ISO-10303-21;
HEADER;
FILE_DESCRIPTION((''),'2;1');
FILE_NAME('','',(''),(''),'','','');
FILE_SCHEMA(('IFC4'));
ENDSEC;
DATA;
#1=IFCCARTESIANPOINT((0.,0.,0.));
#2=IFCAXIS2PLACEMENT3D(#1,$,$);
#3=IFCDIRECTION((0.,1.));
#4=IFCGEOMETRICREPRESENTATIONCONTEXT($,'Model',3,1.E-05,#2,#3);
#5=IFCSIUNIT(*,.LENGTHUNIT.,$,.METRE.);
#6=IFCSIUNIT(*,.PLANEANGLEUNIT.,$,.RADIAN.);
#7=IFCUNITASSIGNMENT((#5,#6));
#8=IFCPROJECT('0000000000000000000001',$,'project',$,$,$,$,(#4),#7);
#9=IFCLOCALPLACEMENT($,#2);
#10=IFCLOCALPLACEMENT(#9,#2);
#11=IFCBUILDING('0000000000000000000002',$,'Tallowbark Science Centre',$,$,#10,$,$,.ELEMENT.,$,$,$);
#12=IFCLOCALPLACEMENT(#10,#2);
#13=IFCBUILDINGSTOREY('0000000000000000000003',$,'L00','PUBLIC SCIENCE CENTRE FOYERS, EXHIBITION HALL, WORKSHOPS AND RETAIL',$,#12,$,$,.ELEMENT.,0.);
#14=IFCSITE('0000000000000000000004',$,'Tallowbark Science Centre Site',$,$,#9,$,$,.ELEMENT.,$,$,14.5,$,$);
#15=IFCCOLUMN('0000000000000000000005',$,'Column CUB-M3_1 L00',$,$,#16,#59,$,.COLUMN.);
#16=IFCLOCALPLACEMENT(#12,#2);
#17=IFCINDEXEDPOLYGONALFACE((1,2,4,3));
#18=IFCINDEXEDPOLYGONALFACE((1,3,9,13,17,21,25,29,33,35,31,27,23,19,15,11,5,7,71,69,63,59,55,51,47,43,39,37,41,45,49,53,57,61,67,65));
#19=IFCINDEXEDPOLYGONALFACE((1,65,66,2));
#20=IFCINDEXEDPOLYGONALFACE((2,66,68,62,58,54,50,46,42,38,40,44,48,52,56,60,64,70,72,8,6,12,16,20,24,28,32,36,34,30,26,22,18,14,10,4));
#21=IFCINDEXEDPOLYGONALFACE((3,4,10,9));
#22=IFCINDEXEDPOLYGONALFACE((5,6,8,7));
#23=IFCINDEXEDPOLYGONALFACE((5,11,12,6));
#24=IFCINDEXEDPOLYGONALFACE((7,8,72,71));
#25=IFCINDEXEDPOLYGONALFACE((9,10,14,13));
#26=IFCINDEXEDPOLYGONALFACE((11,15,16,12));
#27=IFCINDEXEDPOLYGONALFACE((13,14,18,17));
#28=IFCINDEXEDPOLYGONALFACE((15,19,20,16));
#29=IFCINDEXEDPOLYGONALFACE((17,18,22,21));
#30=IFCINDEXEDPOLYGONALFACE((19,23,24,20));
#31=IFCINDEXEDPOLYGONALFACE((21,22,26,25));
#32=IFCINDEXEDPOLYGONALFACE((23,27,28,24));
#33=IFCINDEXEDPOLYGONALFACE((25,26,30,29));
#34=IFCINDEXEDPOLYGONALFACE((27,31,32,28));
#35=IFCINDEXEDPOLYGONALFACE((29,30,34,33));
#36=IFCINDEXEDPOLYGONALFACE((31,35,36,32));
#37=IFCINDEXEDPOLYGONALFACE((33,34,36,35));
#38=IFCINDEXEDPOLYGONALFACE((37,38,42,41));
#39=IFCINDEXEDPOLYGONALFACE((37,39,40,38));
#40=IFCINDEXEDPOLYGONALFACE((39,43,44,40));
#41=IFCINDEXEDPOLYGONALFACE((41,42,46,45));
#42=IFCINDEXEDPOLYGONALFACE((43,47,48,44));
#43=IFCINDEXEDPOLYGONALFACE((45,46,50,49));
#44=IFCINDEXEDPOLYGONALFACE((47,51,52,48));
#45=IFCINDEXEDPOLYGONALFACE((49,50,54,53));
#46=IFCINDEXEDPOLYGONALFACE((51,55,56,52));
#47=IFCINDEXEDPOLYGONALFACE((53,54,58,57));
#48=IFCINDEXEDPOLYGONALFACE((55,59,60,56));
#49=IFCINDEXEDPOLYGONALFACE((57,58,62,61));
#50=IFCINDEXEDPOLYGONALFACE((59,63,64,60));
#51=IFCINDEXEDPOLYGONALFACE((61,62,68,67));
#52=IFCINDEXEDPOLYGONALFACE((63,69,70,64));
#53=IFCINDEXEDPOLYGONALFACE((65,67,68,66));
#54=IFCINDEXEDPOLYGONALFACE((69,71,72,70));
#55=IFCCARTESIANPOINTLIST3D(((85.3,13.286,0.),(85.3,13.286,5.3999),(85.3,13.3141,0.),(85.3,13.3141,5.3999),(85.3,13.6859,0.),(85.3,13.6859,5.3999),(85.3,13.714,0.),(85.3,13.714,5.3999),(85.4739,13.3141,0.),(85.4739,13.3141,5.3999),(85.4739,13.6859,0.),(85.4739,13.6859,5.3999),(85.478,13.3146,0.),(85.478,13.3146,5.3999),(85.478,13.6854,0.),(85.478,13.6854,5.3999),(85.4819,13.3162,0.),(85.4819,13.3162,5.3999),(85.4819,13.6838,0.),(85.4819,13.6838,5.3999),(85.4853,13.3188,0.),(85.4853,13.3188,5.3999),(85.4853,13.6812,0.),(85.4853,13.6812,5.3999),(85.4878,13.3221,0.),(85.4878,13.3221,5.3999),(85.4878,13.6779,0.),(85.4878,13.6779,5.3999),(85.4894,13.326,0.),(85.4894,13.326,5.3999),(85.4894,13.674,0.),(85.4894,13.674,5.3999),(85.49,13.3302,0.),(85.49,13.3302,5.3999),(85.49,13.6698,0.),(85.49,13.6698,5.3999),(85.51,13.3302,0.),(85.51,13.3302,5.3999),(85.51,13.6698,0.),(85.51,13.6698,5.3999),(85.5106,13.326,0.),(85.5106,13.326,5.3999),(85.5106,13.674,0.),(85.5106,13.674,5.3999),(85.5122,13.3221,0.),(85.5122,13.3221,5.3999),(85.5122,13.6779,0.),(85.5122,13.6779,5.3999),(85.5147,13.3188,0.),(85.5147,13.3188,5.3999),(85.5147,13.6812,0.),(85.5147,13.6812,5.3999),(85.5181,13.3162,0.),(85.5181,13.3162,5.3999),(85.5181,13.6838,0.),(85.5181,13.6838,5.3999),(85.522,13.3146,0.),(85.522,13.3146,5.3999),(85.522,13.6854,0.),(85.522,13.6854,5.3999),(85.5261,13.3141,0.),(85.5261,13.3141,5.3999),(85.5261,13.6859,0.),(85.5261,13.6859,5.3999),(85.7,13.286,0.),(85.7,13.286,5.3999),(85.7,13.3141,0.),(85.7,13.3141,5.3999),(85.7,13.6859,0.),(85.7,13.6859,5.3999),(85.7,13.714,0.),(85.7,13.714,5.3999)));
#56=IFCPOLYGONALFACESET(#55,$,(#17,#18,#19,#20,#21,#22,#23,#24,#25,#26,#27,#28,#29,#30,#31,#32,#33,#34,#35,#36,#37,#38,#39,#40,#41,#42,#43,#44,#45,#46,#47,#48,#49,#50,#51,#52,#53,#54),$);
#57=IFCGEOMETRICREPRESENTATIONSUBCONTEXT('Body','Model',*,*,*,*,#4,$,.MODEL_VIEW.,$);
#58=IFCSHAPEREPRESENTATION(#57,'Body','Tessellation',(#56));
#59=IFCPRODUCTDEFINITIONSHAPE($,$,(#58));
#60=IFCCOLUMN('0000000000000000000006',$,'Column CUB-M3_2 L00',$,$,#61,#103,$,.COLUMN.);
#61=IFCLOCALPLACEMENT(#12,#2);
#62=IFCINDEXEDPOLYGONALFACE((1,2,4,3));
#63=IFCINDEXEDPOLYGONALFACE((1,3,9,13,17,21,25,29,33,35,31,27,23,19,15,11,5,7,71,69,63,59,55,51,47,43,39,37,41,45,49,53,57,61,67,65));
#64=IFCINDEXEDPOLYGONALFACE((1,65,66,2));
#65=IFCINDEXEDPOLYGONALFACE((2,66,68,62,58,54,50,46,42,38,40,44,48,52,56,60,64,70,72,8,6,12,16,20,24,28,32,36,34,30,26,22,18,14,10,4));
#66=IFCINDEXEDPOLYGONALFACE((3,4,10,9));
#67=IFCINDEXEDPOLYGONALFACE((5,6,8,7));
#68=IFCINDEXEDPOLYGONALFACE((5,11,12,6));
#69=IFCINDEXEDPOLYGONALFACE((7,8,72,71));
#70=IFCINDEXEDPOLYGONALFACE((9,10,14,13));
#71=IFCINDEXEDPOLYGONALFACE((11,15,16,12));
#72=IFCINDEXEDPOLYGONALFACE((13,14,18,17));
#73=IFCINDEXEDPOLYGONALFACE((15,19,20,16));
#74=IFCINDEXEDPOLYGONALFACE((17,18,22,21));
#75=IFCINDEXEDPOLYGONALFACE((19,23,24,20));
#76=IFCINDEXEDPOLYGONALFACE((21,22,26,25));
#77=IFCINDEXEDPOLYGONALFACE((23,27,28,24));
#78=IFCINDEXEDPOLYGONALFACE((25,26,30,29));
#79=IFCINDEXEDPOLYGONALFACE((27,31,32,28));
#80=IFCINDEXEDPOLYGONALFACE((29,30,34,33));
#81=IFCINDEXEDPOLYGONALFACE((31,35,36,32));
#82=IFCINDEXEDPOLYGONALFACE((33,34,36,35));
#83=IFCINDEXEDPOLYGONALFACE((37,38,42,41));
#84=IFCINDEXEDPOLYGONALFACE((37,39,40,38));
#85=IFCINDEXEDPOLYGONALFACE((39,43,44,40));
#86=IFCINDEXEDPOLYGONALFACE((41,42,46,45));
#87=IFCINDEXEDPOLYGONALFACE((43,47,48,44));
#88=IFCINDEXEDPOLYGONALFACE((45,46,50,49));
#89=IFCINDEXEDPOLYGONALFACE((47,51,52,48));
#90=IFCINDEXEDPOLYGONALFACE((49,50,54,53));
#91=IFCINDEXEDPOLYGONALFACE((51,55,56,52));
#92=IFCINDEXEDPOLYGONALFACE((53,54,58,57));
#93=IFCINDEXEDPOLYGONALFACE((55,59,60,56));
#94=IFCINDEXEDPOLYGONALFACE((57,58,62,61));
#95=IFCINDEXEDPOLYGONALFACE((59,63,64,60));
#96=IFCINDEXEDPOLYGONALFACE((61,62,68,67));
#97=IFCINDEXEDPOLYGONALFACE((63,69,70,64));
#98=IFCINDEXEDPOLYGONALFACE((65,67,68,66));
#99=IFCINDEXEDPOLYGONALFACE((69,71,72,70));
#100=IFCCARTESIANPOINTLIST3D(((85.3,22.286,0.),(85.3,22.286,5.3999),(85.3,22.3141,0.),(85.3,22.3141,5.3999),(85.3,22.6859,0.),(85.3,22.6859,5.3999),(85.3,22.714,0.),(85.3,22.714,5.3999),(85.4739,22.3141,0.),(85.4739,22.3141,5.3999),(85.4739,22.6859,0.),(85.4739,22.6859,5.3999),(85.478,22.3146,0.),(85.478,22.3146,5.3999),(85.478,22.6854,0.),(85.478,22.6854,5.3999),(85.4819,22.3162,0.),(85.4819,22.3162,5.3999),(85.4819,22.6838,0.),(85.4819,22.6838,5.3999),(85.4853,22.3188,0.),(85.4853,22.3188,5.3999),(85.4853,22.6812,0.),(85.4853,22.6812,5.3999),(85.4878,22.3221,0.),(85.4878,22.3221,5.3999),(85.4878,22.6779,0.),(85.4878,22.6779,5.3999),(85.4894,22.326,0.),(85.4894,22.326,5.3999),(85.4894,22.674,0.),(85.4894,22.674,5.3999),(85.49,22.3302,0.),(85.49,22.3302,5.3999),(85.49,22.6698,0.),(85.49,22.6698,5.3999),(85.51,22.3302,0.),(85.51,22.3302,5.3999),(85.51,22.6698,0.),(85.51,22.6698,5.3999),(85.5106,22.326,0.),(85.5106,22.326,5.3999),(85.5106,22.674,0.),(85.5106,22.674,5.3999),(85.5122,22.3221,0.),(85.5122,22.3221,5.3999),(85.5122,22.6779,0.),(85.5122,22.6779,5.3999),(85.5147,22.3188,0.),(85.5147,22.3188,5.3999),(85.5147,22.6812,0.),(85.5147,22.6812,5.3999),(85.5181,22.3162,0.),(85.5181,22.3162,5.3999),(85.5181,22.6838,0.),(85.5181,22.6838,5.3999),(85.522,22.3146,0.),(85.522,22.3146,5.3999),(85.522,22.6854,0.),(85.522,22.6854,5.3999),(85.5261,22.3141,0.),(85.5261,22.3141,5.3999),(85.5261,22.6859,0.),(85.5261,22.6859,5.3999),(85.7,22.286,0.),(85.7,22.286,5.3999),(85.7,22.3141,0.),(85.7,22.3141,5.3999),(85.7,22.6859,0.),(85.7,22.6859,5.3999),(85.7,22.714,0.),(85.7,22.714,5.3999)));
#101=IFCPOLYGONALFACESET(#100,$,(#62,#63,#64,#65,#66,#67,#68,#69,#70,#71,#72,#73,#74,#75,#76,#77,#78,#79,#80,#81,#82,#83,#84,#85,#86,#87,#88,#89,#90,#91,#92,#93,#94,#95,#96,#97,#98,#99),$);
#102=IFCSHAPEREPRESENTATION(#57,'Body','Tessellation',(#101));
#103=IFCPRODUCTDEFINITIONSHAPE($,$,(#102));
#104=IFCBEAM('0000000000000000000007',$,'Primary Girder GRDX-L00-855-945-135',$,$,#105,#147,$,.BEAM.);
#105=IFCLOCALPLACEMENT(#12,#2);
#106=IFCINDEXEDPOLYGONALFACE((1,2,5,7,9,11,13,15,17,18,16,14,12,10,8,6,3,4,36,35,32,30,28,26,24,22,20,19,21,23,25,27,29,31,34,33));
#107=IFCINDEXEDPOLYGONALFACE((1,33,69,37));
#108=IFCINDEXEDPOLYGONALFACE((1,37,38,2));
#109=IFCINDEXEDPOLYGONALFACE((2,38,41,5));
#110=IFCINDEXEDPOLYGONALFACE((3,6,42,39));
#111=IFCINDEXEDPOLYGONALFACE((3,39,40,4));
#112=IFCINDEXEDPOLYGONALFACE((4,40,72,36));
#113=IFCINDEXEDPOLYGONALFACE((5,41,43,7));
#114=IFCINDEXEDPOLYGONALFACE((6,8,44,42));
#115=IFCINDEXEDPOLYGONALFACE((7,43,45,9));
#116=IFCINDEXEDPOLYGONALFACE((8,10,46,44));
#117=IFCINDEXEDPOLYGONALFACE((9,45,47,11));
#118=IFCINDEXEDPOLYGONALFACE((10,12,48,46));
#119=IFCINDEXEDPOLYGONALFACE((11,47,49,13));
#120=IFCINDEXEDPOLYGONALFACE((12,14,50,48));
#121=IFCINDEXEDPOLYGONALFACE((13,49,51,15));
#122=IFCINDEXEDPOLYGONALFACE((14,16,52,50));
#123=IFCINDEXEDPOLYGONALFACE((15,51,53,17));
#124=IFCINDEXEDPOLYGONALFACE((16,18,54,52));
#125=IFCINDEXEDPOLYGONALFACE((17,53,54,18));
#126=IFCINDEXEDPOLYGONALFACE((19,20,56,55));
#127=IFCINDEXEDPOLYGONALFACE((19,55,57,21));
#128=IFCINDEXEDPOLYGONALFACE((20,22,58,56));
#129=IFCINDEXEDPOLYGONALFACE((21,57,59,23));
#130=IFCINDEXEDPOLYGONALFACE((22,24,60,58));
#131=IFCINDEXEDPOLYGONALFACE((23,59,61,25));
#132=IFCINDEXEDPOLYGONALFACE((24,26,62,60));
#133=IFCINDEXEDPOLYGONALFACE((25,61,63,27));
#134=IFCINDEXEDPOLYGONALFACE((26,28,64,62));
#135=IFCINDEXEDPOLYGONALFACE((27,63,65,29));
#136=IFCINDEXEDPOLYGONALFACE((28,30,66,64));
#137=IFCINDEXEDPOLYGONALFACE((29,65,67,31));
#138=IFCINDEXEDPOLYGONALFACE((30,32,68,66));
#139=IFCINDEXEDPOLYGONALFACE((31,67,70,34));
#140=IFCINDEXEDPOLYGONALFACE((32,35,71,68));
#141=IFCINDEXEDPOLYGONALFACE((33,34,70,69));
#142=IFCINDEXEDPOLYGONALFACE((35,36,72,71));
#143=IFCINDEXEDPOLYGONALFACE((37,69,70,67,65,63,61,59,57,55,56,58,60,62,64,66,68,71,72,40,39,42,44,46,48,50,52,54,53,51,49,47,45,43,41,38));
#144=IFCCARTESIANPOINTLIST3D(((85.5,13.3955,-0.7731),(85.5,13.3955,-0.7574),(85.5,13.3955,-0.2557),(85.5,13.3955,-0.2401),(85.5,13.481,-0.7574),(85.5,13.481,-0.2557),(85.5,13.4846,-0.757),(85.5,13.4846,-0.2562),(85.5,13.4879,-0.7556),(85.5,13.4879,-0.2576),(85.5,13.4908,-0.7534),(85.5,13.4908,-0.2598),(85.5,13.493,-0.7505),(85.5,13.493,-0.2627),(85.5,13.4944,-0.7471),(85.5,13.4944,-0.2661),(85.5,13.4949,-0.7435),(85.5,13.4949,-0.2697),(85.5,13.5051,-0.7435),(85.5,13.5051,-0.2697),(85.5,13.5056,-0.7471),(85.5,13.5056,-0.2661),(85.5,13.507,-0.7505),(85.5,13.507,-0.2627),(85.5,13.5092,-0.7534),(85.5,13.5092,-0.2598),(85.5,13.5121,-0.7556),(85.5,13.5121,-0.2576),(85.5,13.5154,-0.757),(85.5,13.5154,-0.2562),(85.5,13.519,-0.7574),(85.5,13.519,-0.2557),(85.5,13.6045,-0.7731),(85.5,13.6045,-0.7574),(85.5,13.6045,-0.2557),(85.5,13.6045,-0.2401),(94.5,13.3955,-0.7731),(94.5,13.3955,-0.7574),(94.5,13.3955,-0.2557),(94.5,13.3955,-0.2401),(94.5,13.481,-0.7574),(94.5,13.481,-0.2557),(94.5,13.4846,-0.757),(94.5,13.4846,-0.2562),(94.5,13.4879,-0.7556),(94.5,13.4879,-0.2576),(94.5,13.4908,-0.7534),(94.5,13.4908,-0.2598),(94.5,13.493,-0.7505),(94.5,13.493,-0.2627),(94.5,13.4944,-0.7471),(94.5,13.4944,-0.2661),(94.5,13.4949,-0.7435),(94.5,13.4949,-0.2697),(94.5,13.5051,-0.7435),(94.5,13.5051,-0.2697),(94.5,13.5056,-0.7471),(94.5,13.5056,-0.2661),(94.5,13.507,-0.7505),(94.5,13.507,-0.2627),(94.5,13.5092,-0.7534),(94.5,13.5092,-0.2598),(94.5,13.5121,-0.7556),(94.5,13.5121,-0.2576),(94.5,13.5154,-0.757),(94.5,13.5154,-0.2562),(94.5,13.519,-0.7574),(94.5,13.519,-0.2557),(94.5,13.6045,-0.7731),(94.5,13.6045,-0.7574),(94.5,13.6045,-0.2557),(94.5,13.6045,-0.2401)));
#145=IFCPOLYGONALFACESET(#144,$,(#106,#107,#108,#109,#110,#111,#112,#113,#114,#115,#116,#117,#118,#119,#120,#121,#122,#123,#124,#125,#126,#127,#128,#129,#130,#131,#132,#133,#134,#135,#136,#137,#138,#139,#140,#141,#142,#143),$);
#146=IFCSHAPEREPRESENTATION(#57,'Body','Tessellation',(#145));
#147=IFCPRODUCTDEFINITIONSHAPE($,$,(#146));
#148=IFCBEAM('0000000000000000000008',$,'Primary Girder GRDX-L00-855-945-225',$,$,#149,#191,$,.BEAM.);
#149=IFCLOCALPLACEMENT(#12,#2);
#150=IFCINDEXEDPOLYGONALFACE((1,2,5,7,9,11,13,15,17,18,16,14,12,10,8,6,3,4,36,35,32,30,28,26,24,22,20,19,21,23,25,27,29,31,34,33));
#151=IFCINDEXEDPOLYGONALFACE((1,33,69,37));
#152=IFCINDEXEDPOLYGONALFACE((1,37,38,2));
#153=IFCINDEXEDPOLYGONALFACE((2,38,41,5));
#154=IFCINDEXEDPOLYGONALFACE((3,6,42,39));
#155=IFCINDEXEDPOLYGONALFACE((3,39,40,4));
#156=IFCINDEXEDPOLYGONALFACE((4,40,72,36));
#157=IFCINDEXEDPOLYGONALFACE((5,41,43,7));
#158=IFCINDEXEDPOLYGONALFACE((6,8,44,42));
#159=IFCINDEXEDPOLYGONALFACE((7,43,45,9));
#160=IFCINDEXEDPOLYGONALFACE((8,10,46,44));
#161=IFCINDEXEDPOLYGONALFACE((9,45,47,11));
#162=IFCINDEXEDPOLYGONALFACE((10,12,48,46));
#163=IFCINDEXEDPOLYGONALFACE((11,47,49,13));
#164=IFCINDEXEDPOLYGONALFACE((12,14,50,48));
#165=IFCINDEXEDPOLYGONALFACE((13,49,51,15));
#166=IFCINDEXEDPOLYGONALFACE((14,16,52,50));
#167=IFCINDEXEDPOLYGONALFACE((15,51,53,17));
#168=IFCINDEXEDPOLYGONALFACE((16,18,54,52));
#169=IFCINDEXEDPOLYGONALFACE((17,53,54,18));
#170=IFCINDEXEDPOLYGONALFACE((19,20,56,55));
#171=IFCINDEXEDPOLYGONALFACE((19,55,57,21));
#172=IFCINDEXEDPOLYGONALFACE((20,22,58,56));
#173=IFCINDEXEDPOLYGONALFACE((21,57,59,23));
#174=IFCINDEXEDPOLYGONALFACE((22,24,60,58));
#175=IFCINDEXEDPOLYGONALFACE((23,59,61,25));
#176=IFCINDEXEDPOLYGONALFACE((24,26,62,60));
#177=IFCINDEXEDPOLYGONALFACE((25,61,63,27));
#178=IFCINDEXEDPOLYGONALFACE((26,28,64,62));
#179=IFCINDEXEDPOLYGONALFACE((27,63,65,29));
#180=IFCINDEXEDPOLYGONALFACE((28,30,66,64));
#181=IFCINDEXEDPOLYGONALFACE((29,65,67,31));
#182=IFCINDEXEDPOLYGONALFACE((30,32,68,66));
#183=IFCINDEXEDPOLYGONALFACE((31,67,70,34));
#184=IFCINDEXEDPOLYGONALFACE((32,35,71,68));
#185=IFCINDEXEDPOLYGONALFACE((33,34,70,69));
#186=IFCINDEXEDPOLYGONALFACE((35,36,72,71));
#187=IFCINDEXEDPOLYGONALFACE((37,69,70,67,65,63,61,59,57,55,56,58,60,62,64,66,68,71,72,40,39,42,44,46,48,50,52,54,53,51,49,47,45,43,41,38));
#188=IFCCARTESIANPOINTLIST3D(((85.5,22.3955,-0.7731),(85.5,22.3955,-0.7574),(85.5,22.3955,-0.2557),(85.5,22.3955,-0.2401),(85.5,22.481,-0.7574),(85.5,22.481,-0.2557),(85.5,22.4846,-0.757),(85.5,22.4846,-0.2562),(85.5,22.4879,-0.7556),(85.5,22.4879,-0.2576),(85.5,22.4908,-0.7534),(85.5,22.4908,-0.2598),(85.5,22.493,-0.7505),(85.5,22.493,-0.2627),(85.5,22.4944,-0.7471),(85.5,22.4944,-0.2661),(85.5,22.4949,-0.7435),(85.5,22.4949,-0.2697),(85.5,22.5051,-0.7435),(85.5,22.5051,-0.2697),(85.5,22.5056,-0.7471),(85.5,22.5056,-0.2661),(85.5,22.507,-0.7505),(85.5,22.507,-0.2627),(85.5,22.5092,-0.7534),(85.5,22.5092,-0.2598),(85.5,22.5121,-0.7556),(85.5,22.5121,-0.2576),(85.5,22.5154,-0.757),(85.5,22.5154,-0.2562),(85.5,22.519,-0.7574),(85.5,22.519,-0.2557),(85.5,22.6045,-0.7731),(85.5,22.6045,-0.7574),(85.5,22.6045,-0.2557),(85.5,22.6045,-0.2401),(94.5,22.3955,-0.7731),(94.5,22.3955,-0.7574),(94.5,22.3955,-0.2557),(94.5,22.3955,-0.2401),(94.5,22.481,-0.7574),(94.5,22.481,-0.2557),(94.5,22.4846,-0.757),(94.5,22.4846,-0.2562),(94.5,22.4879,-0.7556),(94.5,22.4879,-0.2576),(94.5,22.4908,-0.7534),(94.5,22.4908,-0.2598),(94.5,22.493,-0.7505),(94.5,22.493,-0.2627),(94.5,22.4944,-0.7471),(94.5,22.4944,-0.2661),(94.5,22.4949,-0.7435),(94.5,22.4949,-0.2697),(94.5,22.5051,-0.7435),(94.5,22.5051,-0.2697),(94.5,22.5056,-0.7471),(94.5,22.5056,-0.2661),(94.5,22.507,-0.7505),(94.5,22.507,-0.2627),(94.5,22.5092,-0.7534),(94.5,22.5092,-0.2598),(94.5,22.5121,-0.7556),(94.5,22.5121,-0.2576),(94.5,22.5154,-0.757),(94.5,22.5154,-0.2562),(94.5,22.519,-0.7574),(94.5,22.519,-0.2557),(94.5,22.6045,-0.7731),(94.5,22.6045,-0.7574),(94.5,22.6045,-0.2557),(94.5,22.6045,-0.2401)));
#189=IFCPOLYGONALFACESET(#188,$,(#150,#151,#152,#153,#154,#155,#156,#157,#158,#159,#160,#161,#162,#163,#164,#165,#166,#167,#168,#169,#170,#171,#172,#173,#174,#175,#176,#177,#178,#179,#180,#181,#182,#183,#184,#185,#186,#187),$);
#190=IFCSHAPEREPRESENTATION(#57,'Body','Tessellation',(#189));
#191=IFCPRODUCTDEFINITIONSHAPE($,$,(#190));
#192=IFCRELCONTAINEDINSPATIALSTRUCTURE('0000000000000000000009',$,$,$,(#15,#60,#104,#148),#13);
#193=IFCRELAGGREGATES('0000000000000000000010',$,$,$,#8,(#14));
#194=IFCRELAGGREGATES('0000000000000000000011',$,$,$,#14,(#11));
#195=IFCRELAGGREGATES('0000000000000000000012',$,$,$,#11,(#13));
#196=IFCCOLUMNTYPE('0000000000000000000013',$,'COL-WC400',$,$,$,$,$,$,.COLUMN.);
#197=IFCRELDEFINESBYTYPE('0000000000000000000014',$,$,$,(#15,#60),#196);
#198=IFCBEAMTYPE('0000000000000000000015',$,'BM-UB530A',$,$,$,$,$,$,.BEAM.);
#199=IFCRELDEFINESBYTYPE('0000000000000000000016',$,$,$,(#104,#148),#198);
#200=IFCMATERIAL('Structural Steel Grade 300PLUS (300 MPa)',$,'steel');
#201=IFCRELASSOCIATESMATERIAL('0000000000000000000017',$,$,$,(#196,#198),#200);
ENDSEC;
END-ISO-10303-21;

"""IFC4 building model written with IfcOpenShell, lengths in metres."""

from ifc_helpers import new_model, si_unit, direction, frame, origin, origin_2d, place, context, subcontext, project, spatial, i_section, extrude, material, material_profile, profile_set, type_object, element, save


model = new_model("IFC4")

# Units and contexts
model_context = context("Model", 3, precision=1e-05, world=origin(), true_north=direction((0.0, 1.0)))
body_context = subcontext(model_context, "Body", "Model", "MODEL_VIEW")
ifc_project = project(units=[si_unit("LENGTHUNIT", "METRE"), si_unit("PLANEANGLEUNIT", "RADIAN")], contexts=[model_context])

# Site, building, storey
site_placement = place(None, origin())
site = spatial("IfcSite", under=ifc_project, at=site_placement, Name="Tallowbark Science Centre Site", CompositionType="ELEMENT", RefElevation=14.5)
building_placement = place(site_placement, origin())
building = spatial("IfcBuilding", under=site, at=building_placement, Name="Tallowbark Science Centre", CompositionType="ELEMENT")
storey_placement = place(building_placement, origin())
storey = spatial("IfcBuildingStorey", under=building, at=storey_placement, Name="L00", Description="PUBLIC SCIENCE CENTRE FOYERS, EXHIBITION HALL, WORKSHOPS AND RETAIL", CompositionType="ELEMENT", Elevation=0.0)

# Columns
ifc_material_1 = material(Name="Structural Steel Grade 300PLUS (300 MPa)", Category="steel")
ifc_material_profile_1 = material_profile(ifc_material_1, i_section(OverallWidth=0.3999, OverallDepth=0.428, WebThickness=0.02, FlangeThickness=0.0281, FilletRadius=0.0161, at=origin_2d()), Name="400WC270")
ifc_profile_set_1 = profile_set([ifc_material_profile_1], Name="Structural Steel Grade 300PLUS (300 MPa)")
column_type = type_object("IfcColumnType", Name="COL-WC400", PredefinedType="COLUMN", material=ifc_profile_set_1)
for number, where, z_axis, x_axis, name in (
    (1, (85.5, 13.5, 0.0), (0.0, 0.0, 1.0), (1.0, 0.0, 0.0), "Column CUB-M3_1 L00"),
    (2, (85.5, 22.5, 0.0), (0.0, 0.0, 1.0), (1.0, 0.0, 0.0), "Column CUB-M3_2 L00"),
):
    element("IfcColumn", number, at=place(storey_placement, frame(where, z_axis=z_axis, x_axis=x_axis)), inside=storey, type_object=column_type, Name=name, PredefinedType="COLUMN", context=body_context, shape_type="SweptSolid", body=[
        extrude(i_section(OverallWidth=0.3999, OverallDepth=0.428, WebThickness=0.02, FlangeThickness=0.0281, FilletRadius=0.0161, at=origin_2d()), origin(), (0.0, 0.0, 1.0), 5.3999),
    ])

# Beams
ifc_material_profile_2 = material_profile(ifc_material_1, i_section(OverallWidth=0.209, OverallDepth=0.533, WebThickness=0.0103, FlangeThickness=0.0156, FilletRadius=0.0139, at=origin_2d()), Name="530UB92.4")
ifc_profile_set_2 = profile_set([ifc_material_profile_2], Name="Structural Steel Grade 300PLUS (300 MPa)")
beam_type_1 = type_object("IfcBeamType", Name="BM-UB530A", PredefinedType="BEAM", material=ifc_profile_set_2)
for number, where, z_axis, x_axis, name in (
    (3, (85.5, 13.5, -0.5066), (1.0, 0.0, 0.0), (0.0, 1.0, 0.0), "Primary Girder GRDX-L00-855-945-135"),
    (4, (85.5, 22.5, -0.5066), (1.0, 0.0, 0.0), (0.0, 1.0, 0.0), "Primary Girder GRDX-L00-855-945-225"),
):
    element("IfcBeam", number, at=place(storey_placement, frame(where, z_axis=z_axis, x_axis=x_axis)), inside=storey, type_object=beam_type_1, Name=name, PredefinedType="BEAM", context=body_context, shape_type="SweptSolid", body=[
        extrude(i_section(OverallWidth=0.209, OverallDepth=0.533, WebThickness=0.0103, FlangeThickness=0.0156, FilletRadius=0.0139, at=origin_2d()), origin(), (0.0, 0.0, 1.0), 9.0),
    ])

save(model, "model.ifc")
